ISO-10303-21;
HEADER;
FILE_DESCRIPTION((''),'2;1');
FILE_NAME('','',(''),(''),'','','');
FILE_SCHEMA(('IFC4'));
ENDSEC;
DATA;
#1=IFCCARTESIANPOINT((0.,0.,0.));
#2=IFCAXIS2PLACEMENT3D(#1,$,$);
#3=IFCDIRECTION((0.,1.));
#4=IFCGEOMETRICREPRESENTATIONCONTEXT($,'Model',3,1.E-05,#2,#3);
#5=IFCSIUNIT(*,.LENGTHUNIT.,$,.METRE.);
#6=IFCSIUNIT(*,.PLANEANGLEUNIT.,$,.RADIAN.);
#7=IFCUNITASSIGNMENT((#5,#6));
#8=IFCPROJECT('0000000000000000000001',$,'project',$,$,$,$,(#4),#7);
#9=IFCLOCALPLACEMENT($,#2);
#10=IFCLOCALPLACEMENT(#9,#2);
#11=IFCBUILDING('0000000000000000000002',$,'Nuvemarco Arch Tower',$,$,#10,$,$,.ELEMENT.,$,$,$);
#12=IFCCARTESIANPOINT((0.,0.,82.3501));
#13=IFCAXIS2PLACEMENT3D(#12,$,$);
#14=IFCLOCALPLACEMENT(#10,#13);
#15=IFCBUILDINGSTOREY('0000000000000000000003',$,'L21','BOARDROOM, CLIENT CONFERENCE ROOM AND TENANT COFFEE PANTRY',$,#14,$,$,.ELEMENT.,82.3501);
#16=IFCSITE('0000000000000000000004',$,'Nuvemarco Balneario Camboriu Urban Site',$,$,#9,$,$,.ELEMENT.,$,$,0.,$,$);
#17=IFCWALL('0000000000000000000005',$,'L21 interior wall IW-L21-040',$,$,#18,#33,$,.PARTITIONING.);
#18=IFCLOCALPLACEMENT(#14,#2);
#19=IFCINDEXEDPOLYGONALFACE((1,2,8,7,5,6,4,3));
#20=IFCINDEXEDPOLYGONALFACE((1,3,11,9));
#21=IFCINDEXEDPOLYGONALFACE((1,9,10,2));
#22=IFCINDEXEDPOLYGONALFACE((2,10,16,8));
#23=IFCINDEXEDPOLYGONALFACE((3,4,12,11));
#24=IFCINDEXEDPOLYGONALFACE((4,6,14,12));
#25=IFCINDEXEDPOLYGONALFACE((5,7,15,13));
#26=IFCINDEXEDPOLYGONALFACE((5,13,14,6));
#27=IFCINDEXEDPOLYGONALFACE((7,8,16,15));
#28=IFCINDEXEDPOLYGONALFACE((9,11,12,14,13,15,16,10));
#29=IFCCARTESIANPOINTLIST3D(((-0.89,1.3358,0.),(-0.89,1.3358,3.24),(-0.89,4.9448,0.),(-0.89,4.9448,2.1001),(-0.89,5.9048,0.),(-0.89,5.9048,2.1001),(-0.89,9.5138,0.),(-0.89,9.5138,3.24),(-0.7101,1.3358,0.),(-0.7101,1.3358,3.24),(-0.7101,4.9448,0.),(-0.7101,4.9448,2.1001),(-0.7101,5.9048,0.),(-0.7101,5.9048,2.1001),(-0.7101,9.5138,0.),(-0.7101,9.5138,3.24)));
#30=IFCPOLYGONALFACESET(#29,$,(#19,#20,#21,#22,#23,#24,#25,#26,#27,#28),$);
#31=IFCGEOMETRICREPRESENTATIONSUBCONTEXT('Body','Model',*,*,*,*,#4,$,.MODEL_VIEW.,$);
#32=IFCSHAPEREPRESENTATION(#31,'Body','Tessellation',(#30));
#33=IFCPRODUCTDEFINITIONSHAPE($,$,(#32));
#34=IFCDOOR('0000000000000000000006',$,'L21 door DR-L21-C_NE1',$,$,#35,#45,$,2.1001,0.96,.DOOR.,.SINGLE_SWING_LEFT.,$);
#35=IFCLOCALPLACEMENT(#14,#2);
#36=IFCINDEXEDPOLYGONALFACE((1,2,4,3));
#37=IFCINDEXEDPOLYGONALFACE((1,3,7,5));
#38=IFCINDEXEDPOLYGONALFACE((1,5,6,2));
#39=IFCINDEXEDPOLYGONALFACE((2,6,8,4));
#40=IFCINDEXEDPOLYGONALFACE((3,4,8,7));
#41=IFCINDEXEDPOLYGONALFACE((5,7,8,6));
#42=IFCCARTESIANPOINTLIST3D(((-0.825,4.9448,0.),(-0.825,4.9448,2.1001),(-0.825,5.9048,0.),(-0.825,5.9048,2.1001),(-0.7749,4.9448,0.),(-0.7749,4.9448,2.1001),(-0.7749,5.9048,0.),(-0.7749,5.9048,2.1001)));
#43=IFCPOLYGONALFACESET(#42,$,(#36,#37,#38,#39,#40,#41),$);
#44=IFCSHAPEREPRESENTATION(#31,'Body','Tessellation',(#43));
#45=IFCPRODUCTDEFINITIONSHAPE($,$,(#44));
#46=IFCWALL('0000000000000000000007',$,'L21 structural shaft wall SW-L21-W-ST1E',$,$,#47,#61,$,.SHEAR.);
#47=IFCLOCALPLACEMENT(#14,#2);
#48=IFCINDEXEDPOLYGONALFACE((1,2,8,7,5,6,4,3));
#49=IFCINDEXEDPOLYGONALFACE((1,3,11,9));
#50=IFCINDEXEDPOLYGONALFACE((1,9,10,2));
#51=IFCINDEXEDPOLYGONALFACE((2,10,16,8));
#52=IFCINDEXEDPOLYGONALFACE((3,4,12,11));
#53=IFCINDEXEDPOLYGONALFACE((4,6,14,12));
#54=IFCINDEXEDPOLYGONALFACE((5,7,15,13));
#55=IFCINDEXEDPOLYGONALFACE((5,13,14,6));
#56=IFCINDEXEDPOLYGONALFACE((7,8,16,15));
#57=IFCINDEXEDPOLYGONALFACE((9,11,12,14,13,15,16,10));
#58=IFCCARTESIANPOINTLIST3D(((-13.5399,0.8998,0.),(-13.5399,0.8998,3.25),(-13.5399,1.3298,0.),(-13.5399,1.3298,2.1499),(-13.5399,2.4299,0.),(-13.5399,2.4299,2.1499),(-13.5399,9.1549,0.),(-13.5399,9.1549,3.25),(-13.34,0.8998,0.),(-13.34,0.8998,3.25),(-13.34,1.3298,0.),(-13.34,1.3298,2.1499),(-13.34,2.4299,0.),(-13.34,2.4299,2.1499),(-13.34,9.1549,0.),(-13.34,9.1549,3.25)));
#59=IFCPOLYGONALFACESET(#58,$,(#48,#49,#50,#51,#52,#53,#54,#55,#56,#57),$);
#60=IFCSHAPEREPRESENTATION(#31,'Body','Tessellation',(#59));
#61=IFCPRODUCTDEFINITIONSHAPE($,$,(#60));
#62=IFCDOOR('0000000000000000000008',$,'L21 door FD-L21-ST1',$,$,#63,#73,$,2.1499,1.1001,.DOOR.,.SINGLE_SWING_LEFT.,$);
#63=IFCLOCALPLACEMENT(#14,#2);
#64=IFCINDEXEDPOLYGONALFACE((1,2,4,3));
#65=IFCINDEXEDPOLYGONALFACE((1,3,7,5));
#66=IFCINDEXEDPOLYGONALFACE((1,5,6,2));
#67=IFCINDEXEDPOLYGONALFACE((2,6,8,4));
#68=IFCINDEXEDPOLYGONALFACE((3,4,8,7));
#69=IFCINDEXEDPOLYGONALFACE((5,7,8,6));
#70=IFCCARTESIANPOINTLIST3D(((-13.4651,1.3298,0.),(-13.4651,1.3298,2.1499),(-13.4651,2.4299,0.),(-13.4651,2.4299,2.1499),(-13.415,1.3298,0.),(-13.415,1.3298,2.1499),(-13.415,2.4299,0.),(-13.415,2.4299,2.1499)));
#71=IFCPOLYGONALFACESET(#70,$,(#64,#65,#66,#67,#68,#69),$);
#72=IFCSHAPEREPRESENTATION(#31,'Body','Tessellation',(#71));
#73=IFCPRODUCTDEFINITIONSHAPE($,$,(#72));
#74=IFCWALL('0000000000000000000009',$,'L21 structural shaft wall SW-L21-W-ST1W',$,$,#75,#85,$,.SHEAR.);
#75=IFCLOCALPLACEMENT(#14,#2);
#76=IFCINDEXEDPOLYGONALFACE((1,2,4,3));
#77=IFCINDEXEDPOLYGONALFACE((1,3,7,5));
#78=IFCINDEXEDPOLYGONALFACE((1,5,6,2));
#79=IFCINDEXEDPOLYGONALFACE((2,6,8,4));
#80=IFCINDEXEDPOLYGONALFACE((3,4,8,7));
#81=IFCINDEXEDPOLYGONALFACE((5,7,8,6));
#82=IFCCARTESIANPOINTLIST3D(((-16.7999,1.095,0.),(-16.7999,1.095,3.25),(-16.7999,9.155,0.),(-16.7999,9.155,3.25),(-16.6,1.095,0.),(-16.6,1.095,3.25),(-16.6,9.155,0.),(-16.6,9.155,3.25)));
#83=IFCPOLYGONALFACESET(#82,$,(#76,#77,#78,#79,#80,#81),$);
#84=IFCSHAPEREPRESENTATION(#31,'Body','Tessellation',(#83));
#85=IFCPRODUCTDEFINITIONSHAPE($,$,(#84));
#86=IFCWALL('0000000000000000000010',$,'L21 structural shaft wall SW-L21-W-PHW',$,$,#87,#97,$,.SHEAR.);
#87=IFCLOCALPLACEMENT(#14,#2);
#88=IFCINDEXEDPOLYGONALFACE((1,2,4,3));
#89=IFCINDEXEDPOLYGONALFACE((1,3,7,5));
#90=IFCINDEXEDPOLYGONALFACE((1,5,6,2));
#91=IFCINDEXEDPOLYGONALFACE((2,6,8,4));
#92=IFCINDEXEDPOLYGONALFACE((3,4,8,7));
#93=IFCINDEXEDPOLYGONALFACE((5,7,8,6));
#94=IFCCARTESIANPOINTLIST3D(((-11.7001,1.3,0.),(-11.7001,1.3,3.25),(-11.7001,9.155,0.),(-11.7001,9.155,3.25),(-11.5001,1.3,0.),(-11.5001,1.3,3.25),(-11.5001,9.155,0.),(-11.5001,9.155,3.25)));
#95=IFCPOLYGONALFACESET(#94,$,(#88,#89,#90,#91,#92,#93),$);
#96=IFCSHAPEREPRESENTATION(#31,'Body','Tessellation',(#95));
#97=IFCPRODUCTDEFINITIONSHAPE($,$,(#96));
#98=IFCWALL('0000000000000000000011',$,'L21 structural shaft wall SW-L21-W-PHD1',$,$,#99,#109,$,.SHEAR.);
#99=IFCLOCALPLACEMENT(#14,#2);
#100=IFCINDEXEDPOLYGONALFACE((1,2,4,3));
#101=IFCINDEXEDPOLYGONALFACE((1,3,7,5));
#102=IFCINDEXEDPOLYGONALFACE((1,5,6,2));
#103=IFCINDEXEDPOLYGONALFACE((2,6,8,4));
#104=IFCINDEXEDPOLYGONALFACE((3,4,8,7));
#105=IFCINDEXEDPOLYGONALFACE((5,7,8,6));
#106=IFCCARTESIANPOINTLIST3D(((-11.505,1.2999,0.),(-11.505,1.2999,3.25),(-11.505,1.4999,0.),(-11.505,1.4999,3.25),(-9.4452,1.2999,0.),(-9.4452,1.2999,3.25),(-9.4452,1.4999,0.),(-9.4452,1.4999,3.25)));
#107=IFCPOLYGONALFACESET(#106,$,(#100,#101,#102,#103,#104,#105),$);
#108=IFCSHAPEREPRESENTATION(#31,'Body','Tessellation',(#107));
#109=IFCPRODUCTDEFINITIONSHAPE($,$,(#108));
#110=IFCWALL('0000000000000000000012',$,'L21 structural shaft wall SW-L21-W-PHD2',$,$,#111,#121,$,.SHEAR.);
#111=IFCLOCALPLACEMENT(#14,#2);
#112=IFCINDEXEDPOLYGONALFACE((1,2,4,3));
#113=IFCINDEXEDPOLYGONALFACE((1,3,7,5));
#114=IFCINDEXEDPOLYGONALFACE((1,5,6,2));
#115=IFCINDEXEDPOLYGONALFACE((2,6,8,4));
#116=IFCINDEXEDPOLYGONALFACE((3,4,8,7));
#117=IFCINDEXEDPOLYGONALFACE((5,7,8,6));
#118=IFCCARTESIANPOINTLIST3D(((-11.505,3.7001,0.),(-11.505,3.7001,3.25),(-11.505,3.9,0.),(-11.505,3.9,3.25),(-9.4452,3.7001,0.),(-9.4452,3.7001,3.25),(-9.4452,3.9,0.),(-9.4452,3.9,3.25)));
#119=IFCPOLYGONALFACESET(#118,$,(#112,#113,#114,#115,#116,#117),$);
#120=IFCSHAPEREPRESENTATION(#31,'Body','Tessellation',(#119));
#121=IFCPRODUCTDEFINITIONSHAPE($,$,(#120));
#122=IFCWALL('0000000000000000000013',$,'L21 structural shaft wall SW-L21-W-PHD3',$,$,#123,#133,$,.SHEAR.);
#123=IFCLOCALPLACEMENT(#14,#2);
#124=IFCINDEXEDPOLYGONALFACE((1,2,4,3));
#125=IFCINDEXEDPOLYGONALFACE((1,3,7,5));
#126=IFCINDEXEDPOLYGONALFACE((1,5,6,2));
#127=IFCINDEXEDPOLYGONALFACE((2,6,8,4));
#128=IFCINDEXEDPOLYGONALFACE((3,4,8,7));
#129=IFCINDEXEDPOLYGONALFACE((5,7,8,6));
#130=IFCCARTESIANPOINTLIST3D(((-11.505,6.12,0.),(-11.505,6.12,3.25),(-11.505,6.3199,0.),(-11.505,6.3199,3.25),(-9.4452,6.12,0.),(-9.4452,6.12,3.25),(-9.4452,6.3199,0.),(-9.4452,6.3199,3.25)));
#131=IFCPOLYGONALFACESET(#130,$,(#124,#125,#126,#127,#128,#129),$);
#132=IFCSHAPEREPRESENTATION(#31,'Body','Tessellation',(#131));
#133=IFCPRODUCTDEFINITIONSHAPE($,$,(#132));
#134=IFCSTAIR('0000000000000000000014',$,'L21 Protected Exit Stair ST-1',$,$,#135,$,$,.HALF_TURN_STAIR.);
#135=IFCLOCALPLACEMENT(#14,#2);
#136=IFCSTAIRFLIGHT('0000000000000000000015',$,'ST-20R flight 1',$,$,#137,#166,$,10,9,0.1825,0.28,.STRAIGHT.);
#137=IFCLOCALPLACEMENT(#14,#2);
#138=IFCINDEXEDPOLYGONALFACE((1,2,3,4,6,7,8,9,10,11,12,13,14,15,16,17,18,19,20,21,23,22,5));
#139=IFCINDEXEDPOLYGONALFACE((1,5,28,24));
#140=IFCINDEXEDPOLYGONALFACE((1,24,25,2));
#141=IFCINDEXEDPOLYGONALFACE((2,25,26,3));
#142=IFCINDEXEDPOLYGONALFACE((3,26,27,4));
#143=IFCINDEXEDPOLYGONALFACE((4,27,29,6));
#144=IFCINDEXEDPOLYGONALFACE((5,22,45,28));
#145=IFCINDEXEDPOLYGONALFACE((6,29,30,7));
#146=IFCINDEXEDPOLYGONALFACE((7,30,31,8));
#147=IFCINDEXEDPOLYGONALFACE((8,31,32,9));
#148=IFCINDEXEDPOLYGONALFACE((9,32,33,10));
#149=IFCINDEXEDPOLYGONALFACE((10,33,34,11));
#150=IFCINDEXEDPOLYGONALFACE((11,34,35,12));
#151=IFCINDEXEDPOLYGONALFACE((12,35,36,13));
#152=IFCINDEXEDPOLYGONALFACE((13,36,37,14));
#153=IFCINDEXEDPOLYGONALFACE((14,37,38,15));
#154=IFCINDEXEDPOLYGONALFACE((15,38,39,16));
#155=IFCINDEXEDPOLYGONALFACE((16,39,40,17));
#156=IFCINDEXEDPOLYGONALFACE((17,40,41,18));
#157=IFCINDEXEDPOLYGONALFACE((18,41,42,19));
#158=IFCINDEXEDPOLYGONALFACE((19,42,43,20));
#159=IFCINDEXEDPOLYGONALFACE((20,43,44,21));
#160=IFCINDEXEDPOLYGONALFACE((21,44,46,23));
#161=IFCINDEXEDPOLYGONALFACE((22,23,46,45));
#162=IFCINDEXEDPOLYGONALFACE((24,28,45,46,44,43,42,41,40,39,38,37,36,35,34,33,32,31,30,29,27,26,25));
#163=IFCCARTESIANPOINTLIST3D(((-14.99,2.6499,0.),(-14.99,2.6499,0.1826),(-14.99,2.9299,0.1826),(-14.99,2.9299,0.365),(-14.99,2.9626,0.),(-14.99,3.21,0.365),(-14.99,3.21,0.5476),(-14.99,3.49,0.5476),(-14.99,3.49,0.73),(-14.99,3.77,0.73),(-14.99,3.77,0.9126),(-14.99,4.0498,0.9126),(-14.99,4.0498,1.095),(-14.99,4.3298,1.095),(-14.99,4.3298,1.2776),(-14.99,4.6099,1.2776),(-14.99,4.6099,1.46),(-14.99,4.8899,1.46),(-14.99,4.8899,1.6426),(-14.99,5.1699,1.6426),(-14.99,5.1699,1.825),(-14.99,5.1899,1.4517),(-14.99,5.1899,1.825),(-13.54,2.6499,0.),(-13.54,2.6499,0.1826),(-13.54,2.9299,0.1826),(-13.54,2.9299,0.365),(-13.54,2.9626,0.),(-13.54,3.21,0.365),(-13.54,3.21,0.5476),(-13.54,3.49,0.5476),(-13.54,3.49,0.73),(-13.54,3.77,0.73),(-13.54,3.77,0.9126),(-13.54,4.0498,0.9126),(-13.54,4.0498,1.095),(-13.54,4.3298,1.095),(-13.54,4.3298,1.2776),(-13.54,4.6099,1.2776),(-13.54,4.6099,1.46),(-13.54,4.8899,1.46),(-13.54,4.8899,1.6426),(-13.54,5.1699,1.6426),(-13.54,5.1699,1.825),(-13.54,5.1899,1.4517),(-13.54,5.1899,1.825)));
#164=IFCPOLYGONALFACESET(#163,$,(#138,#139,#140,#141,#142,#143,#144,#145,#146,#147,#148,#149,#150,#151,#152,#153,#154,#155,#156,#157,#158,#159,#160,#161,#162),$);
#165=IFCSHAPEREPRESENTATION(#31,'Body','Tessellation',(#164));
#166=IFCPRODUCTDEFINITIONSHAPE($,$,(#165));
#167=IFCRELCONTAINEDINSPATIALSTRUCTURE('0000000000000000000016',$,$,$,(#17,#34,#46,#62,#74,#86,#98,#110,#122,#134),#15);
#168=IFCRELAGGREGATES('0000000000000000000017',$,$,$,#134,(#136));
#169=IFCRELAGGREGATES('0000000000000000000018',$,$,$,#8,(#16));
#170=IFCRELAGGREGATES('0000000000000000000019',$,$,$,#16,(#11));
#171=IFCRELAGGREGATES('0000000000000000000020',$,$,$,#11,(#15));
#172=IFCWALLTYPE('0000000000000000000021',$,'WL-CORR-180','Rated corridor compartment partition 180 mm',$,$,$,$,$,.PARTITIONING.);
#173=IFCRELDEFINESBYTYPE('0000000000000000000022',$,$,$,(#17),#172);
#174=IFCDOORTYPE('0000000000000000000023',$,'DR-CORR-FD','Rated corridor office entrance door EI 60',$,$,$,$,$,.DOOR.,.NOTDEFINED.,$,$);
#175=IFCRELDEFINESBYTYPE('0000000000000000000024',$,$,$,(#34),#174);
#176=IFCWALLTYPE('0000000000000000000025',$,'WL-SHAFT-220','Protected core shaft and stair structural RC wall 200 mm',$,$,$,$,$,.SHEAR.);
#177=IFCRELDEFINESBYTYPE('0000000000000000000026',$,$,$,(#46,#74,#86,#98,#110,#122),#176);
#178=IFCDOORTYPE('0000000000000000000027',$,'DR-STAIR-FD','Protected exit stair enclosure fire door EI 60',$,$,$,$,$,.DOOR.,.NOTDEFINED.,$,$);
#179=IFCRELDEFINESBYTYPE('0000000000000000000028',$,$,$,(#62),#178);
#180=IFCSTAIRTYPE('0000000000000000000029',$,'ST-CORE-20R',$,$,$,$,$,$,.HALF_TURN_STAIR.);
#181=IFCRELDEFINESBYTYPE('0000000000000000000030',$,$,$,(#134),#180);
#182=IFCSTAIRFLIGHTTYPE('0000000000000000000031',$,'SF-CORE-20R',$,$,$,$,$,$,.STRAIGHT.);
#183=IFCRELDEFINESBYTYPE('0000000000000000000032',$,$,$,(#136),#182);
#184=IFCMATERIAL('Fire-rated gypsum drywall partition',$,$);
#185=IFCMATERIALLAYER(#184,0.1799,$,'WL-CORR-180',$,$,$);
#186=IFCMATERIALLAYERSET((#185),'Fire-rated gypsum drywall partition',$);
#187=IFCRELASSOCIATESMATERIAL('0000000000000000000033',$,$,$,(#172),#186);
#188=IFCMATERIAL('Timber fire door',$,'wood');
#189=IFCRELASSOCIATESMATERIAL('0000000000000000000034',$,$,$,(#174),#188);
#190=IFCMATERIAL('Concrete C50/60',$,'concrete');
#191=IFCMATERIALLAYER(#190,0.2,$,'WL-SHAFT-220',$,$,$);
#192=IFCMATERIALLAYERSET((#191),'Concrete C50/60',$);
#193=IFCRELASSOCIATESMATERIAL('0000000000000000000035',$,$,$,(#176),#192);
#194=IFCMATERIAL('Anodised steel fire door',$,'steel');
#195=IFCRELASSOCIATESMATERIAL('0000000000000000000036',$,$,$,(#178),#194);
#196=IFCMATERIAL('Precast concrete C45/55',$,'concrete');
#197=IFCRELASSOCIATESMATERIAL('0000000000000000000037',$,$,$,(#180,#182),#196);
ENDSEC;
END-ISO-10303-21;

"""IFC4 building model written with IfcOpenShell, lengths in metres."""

from ifc_helpers import new_model, si_unit, direction, frame, frame_2d, origin, place, context, subcontext, project, spatial, polyline, rectangle, outline, extrude, source, transform, mapped, material, layer, layer_set, type_object, type_shapes, element, fill, aggregate, save


model = new_model("IFC4")

# Units and contexts
model_context = context("Model", 3, precision=1e-05, world=origin(), true_north=direction((0.0, 1.0)))
body_context = subcontext(model_context, "Body", "Model", "MODEL_VIEW")
ifc_project = project(units=[si_unit("LENGTHUNIT", "METRE"), si_unit("PLANEANGLEUNIT", "RADIAN")], contexts=[model_context])

# Site, building, storey
site_placement = place(None, origin())
site = spatial("IfcSite", under=ifc_project, at=site_placement, Name="Nuvemarco Balneario Camboriu Urban Site", CompositionType="ELEMENT", RefElevation=0.0)
building_placement = place(site_placement, origin())
building = spatial("IfcBuilding", under=site, at=building_placement, Name="Nuvemarco Arch Tower", CompositionType="ELEMENT")
storey_placement = place(building_placement, frame((0.0, 0.0, 82.3501)))
storey = spatial("IfcBuildingStorey", under=building, at=storey_placement, Name="L21", Description="BOARDROOM, CLIENT CONFERENCE ROOM AND TENANT COFFEE PANTRY", CompositionType="ELEMENT", Elevation=82.3501)

# Shared definitions
ifc_material_1 = material(Name="Fire-rated gypsum drywall partition")
ifc_layer_1 = layer(ifc_material_1, 0.1799, Name="WL-CORR-180")
ifc_layer_set_1 = layer_set([ifc_layer_1], Name="Fire-rated gypsum drywall partition")
wall_type_1 = type_object("IfcWallType", Name="WL-CORR-180", Description="Rated corridor compartment partition 180 mm", PredefinedType="PARTITIONING", material=ifc_layer_set_1)

# Walls, openings, doors
ifc_material_2 = material(Name="Timber fire door", Category="wood")
door_type_1 = type_object("IfcDoorType", Name="DR-CORR-FD", Description="Rated corridor office entrance door EI 60", OperationType="NOTDEFINED", PredefinedType="DOOR", material=ifc_material_2)
shared_shape_1 = source(origin(), body_context, "Body", "SweptSolid", [
    extrude(rectangle(XDim=0.96, YDim=2.1001, at=frame_2d((0.48, 1.05))), frame((0.0, 0.0249, 0.0), z_axis=(0.0, -1.0, 0.0), x_axis=(1.0, 0.0, 0.0)), (0.0, 0.0, 1.0), 0.05),
])
type_shapes(door_type_1, [shared_shape_1])
wall_1_placement = place(storey_placement, frame((-0.8, 1.3359, 0.0), z_axis=(0.0, 0.0, 1.0), x_axis=(0.0, 1.0, 0.0)))
wall_1 = element("IfcWall", 1, at=wall_1_placement, inside=storey, type_object=wall_type_1, Name="L21 interior wall IW-L21-040", PredefinedType="PARTITIONING", context=body_context, shape_type="SweptSolid", body=[
    extrude(rectangle(XDim=8.178, YDim=0.1799, at=frame_2d((4.0889, 0.0))), origin(), (0.0, 0.0, 1.0), 3.24),
])
opening_1_placement = place(wall_1_placement, frame((3.6089, 0.0, 0.0)))
opening_1 = element("IfcOpeningElement", 2, at=opening_1_placement, cuts=wall_1, PredefinedType="OPENING", context=body_context, shape_type="SweptSolid", body=[
    extrude(rectangle(XDim=0.96, YDim=2.1001, at=frame_2d((0.48, 1.05))), frame((0.0, 0.0999, 0.0), z_axis=(0.0, -1.0, 0.0), x_axis=(1.0, 0.0, 0.0)), (0.0, 0.0, 1.0), 0.2),
])
door_1_placement = place(opening_1_placement, origin())
door_1 = element("IfcDoor", 3, at=door_1_placement, inside=storey, type_object=door_type_1, Name="L21 door DR-L21-C_NE1", OperationType="SINGLE_SWING_LEFT", OverallHeight=2.1001, OverallWidth=0.96, PredefinedType="DOOR", context=body_context, shape_type="MappedRepresentation", body=[
    mapped(shared_shape_1, transform((0.0, 0.0, 0.0), scale=1.0)),
])
fill(opening_1, door_1)
ifc_material_3 = material(Name="Concrete C50/60", Category="concrete")
ifc_layer_2 = layer(ifc_material_3, 0.2, Name="WL-SHAFT-220")
ifc_layer_set_2 = layer_set([ifc_layer_2], Name="Concrete C50/60")
wall_type_2 = type_object("IfcWallType", Name="WL-SHAFT-220", Description="Protected core shaft and stair structural RC wall 200 mm", PredefinedType="SHEAR", material=ifc_layer_set_2)
wall_2_placement = place(storey_placement, frame((-13.4399, 0.8999, 0.0), z_axis=(0.0, 0.0, 1.0), x_axis=(0.0, 1.0, 0.0)))
wall_2 = element("IfcWall", 4, at=wall_2_placement, inside=storey, type_object=wall_type_2, Name="L21 structural shaft wall SW-L21-W-ST1E", PredefinedType="SHEAR", context=body_context, shape_type="SweptSolid", body=[
    extrude(rectangle(XDim=8.2551, YDim=0.2, at=frame_2d((4.1274, 0.0))), origin(), (0.0, 0.0, 1.0), 3.25),
])
opening_2_placement = place(wall_2_placement, frame((1.53, 0.0, 0.0), z_axis=(0.0, 0.0, 1.0), x_axis=(-1.0, 0.0, 0.0)))
opening_2 = element("IfcOpeningElement", 5, at=opening_2_placement, cuts=wall_2, PredefinedType="OPENING", context=body_context, shape_type="SweptSolid", body=[
    extrude(rectangle(XDim=1.1001, YDim=2.1499, at=frame_2d((0.55, 1.075))), frame((0.0, 0.1099, 0.0), z_axis=(0.0, -1.0, 0.0), x_axis=(1.0, 0.0, 0.0)), (0.0, 0.0, 1.0), 0.22),
])
ifc_material_4 = material(Name="Anodised steel fire door", Category="steel")
door_type_2 = type_object("IfcDoorType", Name="DR-STAIR-FD", Description="Protected exit stair enclosure fire door EI 60", OperationType="NOTDEFINED", PredefinedType="DOOR", material=ifc_material_4)
shared_shape_2 = source(origin(), body_context, "Body", "SweptSolid", [
    extrude(rectangle(XDim=1.1001, YDim=2.1499, at=frame_2d((0.55, 1.075))), frame((0.0, 0.0249, 0.0), z_axis=(0.0, -1.0, 0.0), x_axis=(1.0, 0.0, 0.0)), (0.0, 0.0, 1.0), 0.05),
])
type_shapes(door_type_2, [shared_shape_2])
door_2_placement = place(opening_2_placement, origin())
door_2 = element("IfcDoor", 6, at=door_2_placement, inside=storey, type_object=door_type_2, Name="L21 door FD-L21-ST1", OperationType="SINGLE_SWING_LEFT", OverallHeight=2.1499, OverallWidth=1.1001, PredefinedType="DOOR", context=body_context, shape_type="MappedRepresentation", body=[
    mapped(shared_shape_2, transform((0.0, 0.0, 0.0), scale=1.0)),
])
fill(opening_2, door_2)

# Walls
wall_3_placement = place(storey_placement, frame((-16.7, 1.095, 0.0), z_axis=(0.0, 0.0, 1.0), x_axis=(0.0, 1.0, 0.0)))
element("IfcWall", 7, at=wall_3_placement, inside=storey, type_object=wall_type_2, Name="L21 structural shaft wall SW-L21-W-ST1W", PredefinedType="SHEAR", context=body_context, shape_type="SweptSolid", body=[
    extrude(rectangle(XDim=8.0601, YDim=0.2, at=frame_2d((4.03, 0.0))), origin(), (0.0, 0.0, 1.0), 3.25),
])
wall_4_placement = place(storey_placement, frame((-11.6001, 1.3, 0.0), z_axis=(0.0, 0.0, 1.0), x_axis=(0.0, 1.0, 0.0)))
element("IfcWall", 8, at=wall_4_placement, inside=storey, type_object=wall_type_2, Name="L21 structural shaft wall SW-L21-W-PHW", PredefinedType="SHEAR", context=body_context, shape_type="SweptSolid", body=[
    extrude(rectangle(XDim=7.855, YDim=0.2, at=frame_2d((3.9275, 0.0))), origin(), (0.0, 0.0, 1.0), 3.25),
])
for number, where, z_axis, x_axis, name in (
    (9, (-11.5049, 1.3999, 0.0), (0.0, 0.0, 1.0), (1.0, 0.0, 0.0), "L21 structural shaft wall SW-L21-W-PHD1"),
    (10, (-11.5049, 3.8, 0.0), (0.0, 0.0, 1.0), (1.0, 0.0, 0.0), "L21 structural shaft wall SW-L21-W-PHD2"),
    (11, (-11.5049, 6.22, 0.0), (0.0, 0.0, 1.0), (1.0, 0.0, 0.0), "L21 structural shaft wall SW-L21-W-PHD3"),
):
    element("IfcWall", number, at=place(storey_placement, frame(where, z_axis=z_axis, x_axis=x_axis)), inside=storey, type_object=wall_type_2, Name=name, PredefinedType="SHEAR", context=body_context, shape_type="SweptSolid", body=[
        extrude(rectangle(XDim=2.0598, YDim=0.2, at=frame_2d((1.0298, 0.0))), origin(), (0.0, 0.0, 1.0), 3.25),
    ])

# Stair, stair flight
ifc_material_5 = material(Name="Precast concrete C45/55", Category="concrete")
stair_type = type_object("IfcStairType", Name="ST-CORE-20R", PredefinedType="HALF_TURN_STAIR", material=ifc_material_5)
stair_placement = place(storey_placement, origin())
stair = element("IfcStair", 12, at=stair_placement, inside=storey, type_object=stair_type, Name="L21 Protected Exit Stair ST-1", PredefinedType="HALF_TURN_STAIR")
stair_flight_type = type_object("IfcStairFlightType", Name="SF-CORE-20R", PredefinedType="STRAIGHT", material=ifc_material_5)
stair_flight_1_placement = place(storey_placement, frame((-14.2649, 2.6499, 0.0), z_axis=(0.0, 0.0, 1.0), x_axis=(0.0, 1.0, 0.0)))
stair_flight_1 = element("IfcStairFlight", 13, at=stair_flight_1_placement, type_object=stair_flight_type, Name="ST-20R flight 1", NumberOfRisers=10, NumberOfTreads=9, PredefinedType="STRAIGHT", RiserHeight=0.1825, TreadLength=0.28, context=body_context, shape_type="SweptSolid", body=[
    extrude(outline(polyline([(0.0, 0.0), (0.0, 0.1826), (0.28, 0.1826), (0.28, 0.365), (0.5601, 0.365), (0.5601, 0.5476), (0.8401, 0.5476), (0.8401, 0.73), (1.1201, 0.73), (1.1201, 0.9126), (1.3999, 0.9126), (1.3999, 1.095), (1.6799, 1.095), (1.6799, 1.2776), (1.96, 1.2776), (1.96, 1.46), (2.24, 1.46), (2.24, 1.6426), (2.52, 1.6426), (2.52, 1.825), (2.54, 1.825), (2.54, 1.4517), (0.3127, 0.0), (0.0, 0.0)])), frame((0.0, 0.7251, 0.0), z_axis=(0.0, -1.0, 0.0), x_axis=(1.0, 0.0, 0.0)), (0.0, 0.0, 1.0), 1.45),
])
aggregate(stair, [stair_flight_1])

save(model, "model.ifc")
